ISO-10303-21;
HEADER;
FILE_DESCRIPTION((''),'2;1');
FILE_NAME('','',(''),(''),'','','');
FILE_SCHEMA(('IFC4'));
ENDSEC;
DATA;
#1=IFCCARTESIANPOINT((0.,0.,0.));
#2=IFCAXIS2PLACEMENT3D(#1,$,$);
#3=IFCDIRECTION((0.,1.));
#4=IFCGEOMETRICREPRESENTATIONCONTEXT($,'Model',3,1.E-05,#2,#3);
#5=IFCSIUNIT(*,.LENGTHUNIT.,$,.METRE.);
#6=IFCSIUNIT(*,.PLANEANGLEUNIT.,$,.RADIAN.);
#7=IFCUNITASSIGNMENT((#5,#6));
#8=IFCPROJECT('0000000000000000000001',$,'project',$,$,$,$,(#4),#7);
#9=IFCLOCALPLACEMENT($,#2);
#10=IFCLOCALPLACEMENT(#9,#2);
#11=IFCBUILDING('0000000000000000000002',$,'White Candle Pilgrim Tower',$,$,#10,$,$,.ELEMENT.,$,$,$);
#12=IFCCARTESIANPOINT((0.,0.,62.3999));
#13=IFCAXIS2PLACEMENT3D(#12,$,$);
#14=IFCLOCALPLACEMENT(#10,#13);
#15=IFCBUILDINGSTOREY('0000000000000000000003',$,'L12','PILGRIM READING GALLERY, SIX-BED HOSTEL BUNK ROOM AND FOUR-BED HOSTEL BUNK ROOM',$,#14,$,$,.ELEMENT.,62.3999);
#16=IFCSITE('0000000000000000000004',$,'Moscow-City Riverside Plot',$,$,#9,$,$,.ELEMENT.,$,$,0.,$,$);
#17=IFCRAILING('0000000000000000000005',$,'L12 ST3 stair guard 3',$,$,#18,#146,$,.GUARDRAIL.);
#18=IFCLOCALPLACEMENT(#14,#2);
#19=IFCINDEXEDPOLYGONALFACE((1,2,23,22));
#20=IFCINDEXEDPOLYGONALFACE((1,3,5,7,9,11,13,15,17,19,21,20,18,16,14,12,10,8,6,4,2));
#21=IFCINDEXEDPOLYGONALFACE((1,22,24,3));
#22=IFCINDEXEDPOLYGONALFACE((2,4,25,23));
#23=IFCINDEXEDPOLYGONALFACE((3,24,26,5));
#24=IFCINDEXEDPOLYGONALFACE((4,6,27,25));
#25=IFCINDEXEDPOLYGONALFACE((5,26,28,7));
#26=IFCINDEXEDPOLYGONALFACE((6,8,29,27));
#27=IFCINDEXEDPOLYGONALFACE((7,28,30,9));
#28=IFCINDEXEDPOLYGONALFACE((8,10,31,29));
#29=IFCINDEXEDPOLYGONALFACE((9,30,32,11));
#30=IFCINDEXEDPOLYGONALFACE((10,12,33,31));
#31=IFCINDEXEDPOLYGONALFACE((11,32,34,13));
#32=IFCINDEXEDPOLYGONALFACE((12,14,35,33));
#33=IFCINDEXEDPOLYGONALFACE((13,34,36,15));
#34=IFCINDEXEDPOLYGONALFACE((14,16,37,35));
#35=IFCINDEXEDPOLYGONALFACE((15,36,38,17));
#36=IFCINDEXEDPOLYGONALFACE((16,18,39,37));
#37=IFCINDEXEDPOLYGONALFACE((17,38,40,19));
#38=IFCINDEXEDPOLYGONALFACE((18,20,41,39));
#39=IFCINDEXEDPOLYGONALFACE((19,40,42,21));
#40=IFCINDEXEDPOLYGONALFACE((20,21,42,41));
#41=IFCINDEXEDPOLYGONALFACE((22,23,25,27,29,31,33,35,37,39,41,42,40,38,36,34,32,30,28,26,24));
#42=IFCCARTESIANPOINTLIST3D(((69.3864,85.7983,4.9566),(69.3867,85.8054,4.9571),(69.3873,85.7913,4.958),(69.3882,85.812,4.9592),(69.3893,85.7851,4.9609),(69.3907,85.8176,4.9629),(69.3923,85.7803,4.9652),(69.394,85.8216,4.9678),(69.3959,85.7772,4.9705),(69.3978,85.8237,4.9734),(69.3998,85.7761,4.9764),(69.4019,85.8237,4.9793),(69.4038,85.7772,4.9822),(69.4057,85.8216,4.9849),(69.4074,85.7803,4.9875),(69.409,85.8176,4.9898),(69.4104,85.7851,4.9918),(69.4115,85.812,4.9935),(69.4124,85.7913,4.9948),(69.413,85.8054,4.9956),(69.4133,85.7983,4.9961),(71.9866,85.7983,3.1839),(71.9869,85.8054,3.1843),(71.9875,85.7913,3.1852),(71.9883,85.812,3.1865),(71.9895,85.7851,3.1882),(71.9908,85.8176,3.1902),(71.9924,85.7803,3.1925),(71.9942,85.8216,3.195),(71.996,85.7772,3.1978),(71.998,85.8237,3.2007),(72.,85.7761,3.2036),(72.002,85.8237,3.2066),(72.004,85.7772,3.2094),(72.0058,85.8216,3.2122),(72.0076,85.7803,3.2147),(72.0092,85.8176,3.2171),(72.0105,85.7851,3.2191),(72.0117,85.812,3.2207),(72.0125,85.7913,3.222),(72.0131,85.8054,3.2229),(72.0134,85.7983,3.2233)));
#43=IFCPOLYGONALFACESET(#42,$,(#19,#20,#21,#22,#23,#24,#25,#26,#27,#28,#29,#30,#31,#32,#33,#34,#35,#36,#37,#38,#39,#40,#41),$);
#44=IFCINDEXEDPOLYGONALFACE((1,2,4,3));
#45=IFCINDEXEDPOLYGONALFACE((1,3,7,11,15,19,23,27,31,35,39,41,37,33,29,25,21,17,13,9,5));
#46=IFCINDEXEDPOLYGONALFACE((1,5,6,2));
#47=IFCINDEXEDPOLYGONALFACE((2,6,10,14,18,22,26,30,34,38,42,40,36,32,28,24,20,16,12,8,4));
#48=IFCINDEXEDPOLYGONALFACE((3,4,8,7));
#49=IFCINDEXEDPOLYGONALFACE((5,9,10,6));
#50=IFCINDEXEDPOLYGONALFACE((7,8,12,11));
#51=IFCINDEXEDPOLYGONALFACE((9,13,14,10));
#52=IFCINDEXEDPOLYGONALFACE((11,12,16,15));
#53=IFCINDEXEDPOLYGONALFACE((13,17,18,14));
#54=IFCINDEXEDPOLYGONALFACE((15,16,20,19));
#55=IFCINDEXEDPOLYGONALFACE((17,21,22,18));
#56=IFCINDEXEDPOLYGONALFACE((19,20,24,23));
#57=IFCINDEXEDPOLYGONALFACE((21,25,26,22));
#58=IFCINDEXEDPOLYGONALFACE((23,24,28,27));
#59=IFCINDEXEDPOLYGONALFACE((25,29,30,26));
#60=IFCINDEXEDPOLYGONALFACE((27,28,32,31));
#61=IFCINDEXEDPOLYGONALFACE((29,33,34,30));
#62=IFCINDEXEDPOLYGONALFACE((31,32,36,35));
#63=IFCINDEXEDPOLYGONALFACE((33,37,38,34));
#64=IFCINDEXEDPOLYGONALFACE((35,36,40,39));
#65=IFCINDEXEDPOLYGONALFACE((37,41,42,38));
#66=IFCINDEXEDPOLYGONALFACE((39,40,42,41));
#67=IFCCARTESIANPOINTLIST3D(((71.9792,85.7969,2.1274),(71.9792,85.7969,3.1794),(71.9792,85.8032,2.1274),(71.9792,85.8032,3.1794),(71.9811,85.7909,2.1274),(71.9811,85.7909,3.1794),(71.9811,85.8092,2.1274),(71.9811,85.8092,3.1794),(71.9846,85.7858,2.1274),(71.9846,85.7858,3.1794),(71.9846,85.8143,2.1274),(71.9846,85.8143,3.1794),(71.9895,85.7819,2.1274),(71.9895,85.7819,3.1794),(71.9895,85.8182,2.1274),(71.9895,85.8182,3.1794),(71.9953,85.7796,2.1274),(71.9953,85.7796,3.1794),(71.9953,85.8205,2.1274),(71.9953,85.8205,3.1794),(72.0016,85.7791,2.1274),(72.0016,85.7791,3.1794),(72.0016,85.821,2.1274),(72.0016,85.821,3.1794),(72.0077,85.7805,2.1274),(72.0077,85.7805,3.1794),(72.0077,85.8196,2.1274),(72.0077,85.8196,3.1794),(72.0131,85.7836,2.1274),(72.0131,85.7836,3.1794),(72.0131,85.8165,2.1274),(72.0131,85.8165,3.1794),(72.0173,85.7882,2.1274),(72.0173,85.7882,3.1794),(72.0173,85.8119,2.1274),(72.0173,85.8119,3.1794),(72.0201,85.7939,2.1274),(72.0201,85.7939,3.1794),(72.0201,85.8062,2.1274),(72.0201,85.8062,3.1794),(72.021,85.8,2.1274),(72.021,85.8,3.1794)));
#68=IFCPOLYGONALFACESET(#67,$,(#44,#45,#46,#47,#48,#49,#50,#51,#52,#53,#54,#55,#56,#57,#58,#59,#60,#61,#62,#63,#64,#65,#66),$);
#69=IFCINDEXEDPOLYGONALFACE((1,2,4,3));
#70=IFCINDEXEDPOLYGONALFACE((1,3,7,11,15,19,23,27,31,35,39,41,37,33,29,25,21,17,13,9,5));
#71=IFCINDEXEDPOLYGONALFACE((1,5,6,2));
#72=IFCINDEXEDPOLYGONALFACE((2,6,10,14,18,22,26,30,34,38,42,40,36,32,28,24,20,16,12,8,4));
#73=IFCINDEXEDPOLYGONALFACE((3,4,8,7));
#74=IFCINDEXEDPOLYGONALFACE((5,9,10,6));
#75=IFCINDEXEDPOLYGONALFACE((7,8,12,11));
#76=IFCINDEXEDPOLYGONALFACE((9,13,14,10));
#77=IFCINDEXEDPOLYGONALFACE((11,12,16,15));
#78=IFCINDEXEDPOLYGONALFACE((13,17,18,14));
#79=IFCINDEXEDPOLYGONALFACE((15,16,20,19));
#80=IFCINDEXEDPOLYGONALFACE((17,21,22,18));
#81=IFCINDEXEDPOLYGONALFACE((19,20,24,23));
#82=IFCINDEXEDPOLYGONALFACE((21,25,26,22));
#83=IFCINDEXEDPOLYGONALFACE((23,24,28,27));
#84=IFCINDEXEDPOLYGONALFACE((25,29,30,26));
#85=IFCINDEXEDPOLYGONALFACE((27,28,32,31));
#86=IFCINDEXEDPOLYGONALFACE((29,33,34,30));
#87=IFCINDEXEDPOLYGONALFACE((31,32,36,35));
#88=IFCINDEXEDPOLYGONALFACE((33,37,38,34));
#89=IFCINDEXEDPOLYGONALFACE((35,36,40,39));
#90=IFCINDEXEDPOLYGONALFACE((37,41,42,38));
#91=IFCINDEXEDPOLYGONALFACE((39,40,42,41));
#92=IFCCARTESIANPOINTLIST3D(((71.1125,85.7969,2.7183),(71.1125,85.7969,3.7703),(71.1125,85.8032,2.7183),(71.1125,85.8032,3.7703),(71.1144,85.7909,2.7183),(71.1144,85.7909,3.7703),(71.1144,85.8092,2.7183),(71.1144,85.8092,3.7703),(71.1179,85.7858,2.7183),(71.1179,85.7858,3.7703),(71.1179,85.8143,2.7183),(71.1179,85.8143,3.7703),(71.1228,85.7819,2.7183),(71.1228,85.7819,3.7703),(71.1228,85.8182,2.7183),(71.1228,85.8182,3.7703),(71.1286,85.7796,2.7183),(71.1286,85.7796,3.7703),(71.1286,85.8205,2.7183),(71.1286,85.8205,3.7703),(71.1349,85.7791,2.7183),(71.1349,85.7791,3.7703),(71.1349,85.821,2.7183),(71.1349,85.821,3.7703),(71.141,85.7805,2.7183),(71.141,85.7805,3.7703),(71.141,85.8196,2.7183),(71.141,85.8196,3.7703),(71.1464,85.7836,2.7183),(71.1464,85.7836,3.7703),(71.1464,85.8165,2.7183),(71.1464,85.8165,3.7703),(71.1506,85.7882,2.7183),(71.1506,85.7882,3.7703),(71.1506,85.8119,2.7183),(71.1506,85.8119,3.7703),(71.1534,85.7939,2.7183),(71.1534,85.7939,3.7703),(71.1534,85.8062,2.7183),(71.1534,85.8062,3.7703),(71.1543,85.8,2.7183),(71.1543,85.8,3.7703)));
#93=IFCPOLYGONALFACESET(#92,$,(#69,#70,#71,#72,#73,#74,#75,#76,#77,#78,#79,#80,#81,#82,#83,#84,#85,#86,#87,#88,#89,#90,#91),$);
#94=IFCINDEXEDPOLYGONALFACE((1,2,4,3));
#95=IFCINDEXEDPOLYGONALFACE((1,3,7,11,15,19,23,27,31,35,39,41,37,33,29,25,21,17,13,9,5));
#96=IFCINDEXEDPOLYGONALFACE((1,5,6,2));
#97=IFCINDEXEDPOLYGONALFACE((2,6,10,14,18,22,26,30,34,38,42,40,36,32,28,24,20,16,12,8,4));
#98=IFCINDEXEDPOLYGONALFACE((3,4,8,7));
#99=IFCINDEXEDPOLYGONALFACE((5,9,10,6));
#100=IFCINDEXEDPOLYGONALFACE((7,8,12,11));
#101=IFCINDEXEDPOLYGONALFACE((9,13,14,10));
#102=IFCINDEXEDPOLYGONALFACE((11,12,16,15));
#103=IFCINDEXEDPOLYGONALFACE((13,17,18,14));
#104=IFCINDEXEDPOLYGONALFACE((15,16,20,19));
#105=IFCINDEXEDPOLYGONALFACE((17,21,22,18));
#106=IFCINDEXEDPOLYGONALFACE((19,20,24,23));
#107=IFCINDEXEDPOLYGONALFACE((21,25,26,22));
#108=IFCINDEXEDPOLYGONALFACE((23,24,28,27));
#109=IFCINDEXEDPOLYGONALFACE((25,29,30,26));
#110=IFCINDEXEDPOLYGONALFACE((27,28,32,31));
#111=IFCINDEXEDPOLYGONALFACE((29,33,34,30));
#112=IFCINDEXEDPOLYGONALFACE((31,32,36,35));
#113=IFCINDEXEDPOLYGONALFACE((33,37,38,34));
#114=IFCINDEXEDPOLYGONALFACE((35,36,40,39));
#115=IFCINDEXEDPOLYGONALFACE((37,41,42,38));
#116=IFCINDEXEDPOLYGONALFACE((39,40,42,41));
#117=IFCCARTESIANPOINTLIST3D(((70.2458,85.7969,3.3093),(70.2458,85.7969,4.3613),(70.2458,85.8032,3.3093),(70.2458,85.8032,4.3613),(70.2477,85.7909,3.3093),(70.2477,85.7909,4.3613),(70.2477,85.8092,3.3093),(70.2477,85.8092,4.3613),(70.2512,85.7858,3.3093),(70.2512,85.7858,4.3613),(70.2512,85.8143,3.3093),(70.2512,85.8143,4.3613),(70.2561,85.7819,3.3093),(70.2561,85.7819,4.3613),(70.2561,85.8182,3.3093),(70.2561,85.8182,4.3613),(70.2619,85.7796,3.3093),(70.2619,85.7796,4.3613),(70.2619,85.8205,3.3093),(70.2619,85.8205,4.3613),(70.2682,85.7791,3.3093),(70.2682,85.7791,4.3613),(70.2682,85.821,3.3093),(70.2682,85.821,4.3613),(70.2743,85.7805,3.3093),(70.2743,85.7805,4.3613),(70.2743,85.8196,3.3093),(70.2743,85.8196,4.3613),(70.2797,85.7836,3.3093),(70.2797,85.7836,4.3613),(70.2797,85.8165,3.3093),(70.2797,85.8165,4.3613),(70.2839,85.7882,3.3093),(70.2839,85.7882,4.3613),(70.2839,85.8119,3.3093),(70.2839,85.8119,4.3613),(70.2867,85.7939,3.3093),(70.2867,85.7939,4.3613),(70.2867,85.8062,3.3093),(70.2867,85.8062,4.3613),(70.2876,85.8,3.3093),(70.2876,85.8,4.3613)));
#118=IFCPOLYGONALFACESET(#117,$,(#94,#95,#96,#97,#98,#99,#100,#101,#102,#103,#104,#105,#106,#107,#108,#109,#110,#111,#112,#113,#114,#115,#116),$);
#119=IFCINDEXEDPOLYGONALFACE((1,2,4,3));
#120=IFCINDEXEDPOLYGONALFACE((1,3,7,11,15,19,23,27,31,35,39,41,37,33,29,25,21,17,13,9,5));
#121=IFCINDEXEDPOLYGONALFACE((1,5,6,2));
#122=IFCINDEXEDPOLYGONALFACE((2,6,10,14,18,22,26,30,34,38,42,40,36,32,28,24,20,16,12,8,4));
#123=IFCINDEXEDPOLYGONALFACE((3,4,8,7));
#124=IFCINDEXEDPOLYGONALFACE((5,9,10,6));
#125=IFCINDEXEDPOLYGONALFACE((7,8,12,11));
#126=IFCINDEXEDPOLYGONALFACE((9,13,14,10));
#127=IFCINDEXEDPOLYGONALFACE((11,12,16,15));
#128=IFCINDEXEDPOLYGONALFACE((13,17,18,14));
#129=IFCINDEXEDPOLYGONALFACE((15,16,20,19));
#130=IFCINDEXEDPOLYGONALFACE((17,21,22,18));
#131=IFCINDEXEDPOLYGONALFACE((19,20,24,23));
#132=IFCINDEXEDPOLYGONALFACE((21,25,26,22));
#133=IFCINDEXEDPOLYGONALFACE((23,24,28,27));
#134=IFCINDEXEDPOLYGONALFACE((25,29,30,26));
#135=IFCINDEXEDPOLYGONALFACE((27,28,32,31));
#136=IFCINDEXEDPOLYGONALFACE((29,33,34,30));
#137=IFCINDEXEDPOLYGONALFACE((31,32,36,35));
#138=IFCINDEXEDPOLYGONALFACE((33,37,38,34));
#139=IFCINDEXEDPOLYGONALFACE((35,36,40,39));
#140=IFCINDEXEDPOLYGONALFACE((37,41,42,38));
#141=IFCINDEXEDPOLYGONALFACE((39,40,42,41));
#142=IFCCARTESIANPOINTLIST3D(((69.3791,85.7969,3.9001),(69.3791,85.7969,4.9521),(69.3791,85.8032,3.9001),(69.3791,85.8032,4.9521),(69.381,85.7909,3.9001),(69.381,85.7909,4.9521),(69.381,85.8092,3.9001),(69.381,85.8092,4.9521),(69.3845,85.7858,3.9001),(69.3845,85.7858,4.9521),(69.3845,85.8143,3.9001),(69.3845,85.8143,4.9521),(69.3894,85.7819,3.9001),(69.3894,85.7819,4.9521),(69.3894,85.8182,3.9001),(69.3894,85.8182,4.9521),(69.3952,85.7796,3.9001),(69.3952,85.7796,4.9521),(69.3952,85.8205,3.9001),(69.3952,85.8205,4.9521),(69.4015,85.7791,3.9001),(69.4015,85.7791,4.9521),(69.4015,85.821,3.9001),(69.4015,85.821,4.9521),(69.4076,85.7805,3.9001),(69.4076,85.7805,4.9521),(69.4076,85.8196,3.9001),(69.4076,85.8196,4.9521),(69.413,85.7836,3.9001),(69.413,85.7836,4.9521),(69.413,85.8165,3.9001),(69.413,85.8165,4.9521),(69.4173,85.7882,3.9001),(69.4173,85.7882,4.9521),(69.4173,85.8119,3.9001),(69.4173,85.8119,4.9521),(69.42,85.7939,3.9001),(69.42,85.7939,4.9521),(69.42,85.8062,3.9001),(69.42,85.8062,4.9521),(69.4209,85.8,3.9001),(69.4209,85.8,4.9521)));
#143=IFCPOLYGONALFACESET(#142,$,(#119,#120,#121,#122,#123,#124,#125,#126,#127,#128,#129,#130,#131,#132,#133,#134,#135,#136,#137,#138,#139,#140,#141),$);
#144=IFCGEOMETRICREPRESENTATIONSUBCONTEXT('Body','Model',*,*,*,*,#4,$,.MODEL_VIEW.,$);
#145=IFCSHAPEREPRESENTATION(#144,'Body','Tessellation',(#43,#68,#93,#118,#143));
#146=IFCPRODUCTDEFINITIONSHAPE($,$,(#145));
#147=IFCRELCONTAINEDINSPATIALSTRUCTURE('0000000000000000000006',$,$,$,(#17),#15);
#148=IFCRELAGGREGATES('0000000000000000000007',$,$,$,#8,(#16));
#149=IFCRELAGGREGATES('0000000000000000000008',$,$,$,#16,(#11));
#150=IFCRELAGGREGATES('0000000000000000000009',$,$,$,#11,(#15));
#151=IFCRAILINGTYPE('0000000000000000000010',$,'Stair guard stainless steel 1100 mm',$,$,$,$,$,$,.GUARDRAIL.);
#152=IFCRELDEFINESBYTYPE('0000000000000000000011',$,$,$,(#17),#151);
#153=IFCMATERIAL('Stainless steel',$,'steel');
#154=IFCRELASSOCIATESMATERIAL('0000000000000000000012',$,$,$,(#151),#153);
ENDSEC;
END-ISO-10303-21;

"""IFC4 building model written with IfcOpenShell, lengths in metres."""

from ifc_helpers import new_model, si_unit, direction, frame, origin, origin_2d, place, context, subcontext, project, spatial, circle, extrude, material, type_object, element, save


model = new_model("IFC4")

# Units and contexts
model_context = context("Model", 3, precision=1e-05, world=origin(), true_north=direction((0.0, 1.0)))
body_context = subcontext(model_context, "Body", "Model", "MODEL_VIEW")
ifc_project = project(units=[si_unit("LENGTHUNIT", "METRE"), si_unit("PLANEANGLEUNIT", "RADIAN")], contexts=[model_context])

# Site, building, storey
site_placement = place(None, origin())
site = spatial("IfcSite", under=ifc_project, at=site_placement, Name="Moscow-City Riverside Plot", CompositionType="ELEMENT", RefElevation=0.0)
building_placement = place(site_placement, origin())
building = spatial("IfcBuilding", under=site, at=building_placement, Name="White Candle Pilgrim Tower", CompositionType="ELEMENT")
storey_placement = place(building_placement, frame((0.0, 0.0, 62.3999)))
storey = spatial("IfcBuildingStorey", under=building, at=storey_placement, Name="L12", Description="PILGRIM READING GALLERY, SIX-BED HOSTEL BUNK ROOM AND FOUR-BED HOSTEL BUNK ROOM", CompositionType="ELEMENT", Elevation=62.3999)

# Railing
ifc_material_1 = material(Name="Stainless steel", Category="steel")
railing_type_1 = type_object("IfcRailingType", Name="Stair guard stainless steel 1100 mm", PredefinedType="GUARDRAIL", material=ifc_material_1)
railing_1_placement = place(storey_placement, frame((72.0, 85.8, 2.1274)))
element("IfcRailing", 1, at=railing_1_placement, inside=storey, type_object=railing_type_1, Name="L12 ST3 stair guard 3", PredefinedType="GUARDRAIL", context=body_context, shape_type="SweptSolid", body=[
    extrude(circle(Radius=0.0239, at=origin_2d()), frame((0.0, 0.0, 1.0762), z_axis=(-0.82624, 0.0, 0.563318), x_axis=(0.0, -1.0, 0.0)), (0.0, 0.0, 1.0), 3.147),
    extrude(circle(Radius=0.021, at=origin_2d()), origin(), (0.0, 0.0, 1.0), 1.052),
    extrude(circle(Radius=0.021, at=origin_2d()), frame((-0.8667, 0.0, 0.5908)), (0.0, 0.0, 1.0), 1.052),
    extrude(circle(Radius=0.021, at=origin_2d()), frame((-1.7334, 0.0, 1.1819)), (0.0, 0.0, 1.0), 1.052),
    extrude(circle(Radius=0.021, at=origin_2d()), frame((-2.6001, 0.0, 1.7727)), (0.0, 0.0, 1.0), 1.052),
])

save(model, "model.ifc")
